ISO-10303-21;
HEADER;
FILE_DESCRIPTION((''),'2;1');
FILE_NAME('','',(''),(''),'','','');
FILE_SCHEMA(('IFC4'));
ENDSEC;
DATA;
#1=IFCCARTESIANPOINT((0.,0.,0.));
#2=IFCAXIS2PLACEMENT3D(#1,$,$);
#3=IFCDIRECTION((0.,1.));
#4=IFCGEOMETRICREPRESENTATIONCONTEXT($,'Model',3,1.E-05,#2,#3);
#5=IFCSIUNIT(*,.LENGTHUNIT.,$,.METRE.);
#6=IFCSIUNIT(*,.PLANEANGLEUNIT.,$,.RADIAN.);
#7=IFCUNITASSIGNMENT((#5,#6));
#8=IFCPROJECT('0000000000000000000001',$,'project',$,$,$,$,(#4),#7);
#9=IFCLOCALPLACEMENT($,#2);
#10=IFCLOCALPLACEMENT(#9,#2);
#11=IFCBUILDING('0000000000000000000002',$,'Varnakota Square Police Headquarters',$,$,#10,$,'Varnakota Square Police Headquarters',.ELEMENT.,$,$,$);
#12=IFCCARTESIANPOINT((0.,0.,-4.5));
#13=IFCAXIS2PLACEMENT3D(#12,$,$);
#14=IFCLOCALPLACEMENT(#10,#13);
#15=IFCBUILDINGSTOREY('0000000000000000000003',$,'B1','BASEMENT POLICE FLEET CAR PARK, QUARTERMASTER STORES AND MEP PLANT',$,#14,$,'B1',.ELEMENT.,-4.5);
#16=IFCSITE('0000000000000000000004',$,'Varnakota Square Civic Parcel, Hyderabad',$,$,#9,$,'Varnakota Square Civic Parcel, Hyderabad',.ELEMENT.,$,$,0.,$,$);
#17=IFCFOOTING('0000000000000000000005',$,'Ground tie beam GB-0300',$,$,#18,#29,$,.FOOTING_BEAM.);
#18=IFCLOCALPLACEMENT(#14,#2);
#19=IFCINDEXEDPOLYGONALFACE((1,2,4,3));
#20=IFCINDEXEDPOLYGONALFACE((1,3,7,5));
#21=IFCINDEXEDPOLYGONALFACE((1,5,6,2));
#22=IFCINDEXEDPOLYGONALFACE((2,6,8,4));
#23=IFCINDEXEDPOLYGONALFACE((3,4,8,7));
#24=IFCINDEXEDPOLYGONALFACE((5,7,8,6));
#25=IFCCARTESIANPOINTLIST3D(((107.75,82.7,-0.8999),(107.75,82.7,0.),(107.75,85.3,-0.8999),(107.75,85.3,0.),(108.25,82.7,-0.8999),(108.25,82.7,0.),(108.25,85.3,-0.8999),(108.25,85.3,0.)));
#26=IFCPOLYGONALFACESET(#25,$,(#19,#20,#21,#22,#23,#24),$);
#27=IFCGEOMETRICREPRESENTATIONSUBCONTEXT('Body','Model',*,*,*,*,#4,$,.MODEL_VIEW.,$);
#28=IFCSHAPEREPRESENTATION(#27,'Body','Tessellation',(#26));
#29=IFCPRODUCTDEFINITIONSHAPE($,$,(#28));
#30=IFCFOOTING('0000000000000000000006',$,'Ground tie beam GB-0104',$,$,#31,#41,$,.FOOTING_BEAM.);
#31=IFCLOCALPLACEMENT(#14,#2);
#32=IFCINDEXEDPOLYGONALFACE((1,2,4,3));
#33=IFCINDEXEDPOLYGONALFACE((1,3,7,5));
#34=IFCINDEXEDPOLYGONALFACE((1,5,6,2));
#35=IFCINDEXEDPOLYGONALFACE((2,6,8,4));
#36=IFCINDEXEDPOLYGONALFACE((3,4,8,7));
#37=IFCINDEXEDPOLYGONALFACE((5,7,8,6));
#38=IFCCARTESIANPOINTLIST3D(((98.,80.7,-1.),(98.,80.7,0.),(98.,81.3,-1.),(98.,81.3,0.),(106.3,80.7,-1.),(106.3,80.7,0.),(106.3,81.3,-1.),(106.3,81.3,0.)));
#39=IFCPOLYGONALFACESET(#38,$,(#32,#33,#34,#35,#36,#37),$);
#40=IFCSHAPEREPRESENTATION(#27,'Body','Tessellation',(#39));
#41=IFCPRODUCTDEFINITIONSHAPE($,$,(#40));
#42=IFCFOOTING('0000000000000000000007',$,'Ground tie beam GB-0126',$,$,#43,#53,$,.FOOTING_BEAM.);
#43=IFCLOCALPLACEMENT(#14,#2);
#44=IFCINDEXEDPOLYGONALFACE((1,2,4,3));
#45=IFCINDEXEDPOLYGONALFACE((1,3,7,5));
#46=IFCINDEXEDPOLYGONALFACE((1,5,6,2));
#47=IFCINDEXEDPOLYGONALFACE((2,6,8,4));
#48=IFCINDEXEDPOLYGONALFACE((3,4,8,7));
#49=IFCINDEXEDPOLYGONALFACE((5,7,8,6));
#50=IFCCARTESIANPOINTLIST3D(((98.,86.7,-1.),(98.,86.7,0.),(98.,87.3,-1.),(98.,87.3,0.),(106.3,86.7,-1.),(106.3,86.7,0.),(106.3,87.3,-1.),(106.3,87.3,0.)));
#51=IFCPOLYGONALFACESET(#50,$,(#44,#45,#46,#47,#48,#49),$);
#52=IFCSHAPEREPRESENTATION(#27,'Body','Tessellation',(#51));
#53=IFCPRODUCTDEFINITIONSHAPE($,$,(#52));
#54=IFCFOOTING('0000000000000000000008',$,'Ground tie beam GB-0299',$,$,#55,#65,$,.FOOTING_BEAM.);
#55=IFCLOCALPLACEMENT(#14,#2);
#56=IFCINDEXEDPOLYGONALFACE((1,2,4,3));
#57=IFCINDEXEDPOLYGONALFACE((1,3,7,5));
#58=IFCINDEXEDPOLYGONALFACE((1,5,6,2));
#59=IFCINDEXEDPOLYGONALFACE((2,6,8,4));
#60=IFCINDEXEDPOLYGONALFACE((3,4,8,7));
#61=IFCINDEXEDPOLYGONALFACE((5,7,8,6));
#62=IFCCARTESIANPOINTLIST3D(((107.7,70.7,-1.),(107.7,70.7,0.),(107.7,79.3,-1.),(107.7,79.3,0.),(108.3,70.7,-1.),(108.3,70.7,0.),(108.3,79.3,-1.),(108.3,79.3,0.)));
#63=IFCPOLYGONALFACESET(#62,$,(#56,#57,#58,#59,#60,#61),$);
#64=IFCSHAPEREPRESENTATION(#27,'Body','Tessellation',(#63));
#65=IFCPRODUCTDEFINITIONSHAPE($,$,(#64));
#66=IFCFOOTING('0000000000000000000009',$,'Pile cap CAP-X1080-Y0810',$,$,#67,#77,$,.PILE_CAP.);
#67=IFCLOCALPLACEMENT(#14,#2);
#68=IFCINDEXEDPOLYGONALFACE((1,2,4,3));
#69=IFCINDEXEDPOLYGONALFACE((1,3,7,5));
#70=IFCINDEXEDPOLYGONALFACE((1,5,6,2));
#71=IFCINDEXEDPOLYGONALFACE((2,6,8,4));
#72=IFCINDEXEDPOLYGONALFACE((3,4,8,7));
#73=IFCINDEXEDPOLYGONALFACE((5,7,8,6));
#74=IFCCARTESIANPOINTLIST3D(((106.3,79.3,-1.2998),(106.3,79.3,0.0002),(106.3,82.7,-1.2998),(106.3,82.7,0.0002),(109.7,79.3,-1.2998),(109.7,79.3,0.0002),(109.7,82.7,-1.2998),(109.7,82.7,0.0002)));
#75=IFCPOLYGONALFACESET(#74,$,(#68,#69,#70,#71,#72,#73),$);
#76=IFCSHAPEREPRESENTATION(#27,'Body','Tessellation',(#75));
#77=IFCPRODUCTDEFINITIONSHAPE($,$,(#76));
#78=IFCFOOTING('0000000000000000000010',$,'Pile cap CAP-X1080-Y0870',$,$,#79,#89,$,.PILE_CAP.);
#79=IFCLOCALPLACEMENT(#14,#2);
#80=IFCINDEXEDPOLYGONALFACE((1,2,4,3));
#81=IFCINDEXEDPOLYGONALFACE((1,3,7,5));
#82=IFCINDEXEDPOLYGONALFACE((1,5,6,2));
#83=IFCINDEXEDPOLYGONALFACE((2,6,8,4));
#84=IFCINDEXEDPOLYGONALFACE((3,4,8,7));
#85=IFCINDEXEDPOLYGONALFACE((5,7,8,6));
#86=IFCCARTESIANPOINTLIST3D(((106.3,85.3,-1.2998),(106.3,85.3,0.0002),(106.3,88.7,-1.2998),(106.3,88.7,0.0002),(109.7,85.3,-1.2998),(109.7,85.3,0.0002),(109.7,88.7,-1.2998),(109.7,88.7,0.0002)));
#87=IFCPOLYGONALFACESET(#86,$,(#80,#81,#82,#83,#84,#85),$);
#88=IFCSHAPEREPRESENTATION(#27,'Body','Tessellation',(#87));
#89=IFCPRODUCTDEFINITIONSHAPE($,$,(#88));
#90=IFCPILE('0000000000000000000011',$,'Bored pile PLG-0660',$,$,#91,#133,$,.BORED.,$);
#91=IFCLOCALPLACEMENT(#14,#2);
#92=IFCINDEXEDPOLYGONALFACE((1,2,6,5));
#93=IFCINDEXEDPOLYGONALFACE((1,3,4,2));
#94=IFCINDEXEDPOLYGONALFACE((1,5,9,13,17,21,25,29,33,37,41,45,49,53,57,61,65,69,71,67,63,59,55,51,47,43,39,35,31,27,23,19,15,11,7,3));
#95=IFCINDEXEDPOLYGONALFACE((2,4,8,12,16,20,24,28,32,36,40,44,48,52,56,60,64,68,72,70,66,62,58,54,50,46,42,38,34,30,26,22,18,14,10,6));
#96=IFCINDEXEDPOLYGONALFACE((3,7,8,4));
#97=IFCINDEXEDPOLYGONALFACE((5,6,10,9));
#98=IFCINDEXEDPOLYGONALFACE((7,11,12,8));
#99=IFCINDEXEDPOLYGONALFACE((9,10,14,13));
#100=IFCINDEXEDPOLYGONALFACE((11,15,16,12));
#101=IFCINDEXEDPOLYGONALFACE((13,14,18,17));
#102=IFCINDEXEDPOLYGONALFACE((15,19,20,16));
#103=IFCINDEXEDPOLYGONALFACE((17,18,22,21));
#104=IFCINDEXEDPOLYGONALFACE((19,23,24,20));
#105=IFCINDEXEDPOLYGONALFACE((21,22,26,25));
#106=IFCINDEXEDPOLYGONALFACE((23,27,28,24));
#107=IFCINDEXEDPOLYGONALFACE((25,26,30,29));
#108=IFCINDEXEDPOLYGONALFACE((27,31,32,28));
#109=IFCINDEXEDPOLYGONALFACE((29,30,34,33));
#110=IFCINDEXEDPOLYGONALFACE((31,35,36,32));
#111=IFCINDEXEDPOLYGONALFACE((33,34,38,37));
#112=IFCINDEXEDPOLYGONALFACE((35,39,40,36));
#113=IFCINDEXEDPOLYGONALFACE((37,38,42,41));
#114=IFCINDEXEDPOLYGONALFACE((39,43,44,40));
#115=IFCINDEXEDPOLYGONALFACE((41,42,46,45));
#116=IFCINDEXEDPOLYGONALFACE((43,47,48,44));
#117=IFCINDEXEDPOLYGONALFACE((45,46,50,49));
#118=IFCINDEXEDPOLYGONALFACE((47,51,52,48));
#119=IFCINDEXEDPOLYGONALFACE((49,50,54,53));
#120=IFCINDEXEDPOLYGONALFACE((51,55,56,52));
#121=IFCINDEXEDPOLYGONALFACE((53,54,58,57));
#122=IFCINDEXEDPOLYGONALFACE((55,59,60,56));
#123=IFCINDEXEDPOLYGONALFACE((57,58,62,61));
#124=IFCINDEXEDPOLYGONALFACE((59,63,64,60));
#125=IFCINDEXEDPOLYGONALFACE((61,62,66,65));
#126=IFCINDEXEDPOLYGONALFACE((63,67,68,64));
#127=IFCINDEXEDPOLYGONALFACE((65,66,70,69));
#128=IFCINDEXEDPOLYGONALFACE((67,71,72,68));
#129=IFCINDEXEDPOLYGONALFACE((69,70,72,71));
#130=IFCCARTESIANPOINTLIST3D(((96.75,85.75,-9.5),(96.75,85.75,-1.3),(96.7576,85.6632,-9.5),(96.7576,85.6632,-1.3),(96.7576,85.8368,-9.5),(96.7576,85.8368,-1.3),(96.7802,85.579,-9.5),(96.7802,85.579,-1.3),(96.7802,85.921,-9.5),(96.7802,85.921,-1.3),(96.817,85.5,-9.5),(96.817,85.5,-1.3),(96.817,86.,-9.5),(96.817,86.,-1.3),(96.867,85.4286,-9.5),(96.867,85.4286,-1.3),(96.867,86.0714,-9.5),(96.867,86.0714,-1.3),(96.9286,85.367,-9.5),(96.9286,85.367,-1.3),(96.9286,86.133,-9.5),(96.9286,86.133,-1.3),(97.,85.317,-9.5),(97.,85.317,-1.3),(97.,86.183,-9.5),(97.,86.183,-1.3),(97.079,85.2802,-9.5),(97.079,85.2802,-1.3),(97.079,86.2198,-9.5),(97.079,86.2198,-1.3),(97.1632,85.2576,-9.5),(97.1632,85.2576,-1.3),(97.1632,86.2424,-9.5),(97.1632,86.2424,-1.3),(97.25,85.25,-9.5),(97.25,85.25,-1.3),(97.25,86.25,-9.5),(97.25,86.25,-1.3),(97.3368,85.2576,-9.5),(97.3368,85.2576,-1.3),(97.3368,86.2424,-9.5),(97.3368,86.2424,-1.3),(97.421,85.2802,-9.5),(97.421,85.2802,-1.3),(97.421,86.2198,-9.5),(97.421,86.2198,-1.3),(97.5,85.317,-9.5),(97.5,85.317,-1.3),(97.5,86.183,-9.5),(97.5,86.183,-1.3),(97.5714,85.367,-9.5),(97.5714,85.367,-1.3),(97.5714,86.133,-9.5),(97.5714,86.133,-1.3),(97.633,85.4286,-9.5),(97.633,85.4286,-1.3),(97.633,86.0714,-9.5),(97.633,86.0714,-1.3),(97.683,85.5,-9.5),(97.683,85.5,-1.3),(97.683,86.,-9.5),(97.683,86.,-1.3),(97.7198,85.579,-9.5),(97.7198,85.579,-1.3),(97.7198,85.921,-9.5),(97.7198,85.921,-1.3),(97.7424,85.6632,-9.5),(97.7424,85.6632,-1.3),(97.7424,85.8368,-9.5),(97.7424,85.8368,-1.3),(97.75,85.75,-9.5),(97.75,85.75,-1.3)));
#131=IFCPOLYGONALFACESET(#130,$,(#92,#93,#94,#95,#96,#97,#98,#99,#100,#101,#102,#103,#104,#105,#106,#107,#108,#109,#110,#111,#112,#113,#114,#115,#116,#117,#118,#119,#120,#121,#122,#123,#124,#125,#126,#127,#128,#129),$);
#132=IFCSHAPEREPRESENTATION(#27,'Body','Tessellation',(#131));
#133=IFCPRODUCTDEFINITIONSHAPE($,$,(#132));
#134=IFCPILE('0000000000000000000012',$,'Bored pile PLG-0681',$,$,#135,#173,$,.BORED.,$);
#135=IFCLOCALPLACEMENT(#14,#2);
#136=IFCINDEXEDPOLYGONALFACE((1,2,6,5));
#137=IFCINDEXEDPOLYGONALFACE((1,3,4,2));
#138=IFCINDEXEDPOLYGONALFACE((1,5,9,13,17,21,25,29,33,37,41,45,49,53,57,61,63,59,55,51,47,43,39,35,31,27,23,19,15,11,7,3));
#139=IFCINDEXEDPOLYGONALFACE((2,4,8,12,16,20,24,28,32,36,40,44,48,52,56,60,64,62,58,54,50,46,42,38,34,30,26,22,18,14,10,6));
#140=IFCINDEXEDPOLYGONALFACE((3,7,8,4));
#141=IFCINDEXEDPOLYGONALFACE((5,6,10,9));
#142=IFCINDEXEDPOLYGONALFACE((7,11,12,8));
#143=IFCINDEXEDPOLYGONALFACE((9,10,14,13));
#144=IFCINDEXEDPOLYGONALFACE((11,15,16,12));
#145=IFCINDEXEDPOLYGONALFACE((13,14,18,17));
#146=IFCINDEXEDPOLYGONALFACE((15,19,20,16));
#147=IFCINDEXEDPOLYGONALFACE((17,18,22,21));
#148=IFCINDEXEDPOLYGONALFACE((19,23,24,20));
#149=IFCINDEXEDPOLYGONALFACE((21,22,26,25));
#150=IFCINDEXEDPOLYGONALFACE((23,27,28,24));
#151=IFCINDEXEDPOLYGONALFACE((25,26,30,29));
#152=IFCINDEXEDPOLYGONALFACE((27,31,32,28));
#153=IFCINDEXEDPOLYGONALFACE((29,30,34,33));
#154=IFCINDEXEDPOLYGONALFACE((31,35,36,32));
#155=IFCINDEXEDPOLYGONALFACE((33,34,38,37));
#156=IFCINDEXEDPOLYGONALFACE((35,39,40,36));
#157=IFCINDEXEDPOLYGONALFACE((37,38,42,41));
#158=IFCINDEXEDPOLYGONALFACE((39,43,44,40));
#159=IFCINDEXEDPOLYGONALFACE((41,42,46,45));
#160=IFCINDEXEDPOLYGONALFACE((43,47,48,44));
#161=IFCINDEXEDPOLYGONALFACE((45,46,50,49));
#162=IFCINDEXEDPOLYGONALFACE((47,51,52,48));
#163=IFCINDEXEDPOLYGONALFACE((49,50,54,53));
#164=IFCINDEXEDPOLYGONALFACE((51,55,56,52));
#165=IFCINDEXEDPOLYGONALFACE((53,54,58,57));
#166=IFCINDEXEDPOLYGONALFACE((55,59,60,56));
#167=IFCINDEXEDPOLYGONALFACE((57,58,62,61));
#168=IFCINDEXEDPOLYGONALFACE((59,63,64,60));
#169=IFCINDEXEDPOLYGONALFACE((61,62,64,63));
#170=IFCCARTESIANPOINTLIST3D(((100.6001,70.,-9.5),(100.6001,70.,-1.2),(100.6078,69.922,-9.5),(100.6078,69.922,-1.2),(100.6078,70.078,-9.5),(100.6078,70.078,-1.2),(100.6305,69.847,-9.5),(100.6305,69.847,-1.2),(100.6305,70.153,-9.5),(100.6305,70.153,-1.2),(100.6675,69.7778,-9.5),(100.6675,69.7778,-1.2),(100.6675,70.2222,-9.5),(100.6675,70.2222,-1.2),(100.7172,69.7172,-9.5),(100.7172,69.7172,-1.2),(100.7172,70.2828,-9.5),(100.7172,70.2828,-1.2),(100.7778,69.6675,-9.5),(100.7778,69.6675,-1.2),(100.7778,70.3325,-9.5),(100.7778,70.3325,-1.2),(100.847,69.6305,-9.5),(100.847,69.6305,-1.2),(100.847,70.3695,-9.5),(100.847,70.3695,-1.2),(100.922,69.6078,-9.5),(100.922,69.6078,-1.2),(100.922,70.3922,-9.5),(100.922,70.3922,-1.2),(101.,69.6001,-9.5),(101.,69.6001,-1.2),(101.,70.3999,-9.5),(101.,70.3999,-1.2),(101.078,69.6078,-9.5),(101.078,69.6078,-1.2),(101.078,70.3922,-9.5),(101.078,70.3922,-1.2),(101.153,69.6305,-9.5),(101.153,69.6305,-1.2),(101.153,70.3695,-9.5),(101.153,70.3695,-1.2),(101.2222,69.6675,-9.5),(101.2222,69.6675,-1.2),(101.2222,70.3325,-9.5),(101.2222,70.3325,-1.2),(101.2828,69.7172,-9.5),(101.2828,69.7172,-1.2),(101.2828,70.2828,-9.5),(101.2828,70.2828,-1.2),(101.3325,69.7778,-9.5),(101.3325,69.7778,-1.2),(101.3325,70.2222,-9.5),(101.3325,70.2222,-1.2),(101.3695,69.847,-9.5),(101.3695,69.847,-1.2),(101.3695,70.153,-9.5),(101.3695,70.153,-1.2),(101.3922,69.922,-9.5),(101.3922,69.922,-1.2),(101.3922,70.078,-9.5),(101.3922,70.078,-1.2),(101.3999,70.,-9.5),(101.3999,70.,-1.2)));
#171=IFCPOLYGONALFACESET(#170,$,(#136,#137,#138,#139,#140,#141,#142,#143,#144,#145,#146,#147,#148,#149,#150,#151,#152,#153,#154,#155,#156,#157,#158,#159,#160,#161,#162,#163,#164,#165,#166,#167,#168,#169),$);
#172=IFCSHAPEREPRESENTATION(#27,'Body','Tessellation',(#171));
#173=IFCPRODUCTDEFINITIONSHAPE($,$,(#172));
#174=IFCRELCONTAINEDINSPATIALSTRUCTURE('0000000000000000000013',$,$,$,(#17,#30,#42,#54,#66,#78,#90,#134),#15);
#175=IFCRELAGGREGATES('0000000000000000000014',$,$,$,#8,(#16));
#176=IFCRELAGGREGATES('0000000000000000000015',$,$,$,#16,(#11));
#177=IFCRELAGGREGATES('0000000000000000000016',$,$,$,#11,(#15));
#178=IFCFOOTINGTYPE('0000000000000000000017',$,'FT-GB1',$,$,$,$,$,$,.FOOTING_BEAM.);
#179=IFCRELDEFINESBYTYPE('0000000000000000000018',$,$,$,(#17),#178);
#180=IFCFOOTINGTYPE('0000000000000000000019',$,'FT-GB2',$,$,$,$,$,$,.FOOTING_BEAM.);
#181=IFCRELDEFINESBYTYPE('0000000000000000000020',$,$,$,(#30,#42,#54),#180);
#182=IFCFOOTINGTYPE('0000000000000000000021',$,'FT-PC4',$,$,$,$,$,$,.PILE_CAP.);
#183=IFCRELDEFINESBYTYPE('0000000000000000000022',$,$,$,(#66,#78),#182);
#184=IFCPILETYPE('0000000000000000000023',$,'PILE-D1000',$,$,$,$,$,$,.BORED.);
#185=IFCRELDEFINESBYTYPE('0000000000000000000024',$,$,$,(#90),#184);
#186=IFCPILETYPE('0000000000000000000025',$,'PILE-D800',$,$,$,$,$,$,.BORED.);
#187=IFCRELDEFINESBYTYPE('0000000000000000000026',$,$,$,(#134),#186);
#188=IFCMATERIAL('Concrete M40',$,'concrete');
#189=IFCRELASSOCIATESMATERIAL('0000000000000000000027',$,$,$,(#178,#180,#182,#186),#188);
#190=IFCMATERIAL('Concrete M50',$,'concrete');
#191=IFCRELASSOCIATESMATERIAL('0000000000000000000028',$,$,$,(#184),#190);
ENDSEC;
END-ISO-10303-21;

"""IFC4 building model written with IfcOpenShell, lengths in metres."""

from ifc_helpers import new_model, si_unit, direction, frame, origin, origin_2d, place, context, subcontext, project, spatial, rectangle, circle, extrude, material, material_profile, profile_set, type_object, element, save


model = new_model("IFC4")

# Units and contexts
model_context = context("Model", 3, precision=1e-05, world=origin(), true_north=direction((0.0, 1.0)))
body_context = subcontext(model_context, "Body", "Model", "MODEL_VIEW")
ifc_project = project(units=[si_unit("LENGTHUNIT", "METRE"), si_unit("PLANEANGLEUNIT", "RADIAN")], contexts=[model_context])

# Site, building, storey
site_placement = place(None, origin())
site = spatial("IfcSite", under=ifc_project, at=site_placement, Name="Varnakota Square Civic Parcel, Hyderabad", LongName="Varnakota Square Civic Parcel, Hyderabad", CompositionType="ELEMENT", RefElevation=0.0)
building_placement = place(site_placement, origin())
building = spatial("IfcBuilding", under=site, at=building_placement, Name="Varnakota Square Police Headquarters", LongName="Varnakota Square Police Headquarters", CompositionType="ELEMENT")
storey_placement = place(building_placement, frame((0.0, 0.0, -4.5)))
storey = spatial("IfcBuildingStorey", under=building, at=storey_placement, Name="B1", Description="BASEMENT POLICE FLEET CAR PARK, QUARTERMASTER STORES AND MEP PLANT", LongName="B1", CompositionType="ELEMENT", Elevation=-4.5)

# Footings
ifc_material_1 = material(Name="Concrete M40", Category="concrete")
ifc_material_profile_1 = material_profile(ifc_material_1, rectangle(XDim=0.5, YDim=0.8999, at=origin_2d()), Name="GB 500x900")
ifc_profile_set_1 = profile_set([ifc_material_profile_1], Name="Concrete M40")
footing_type_1 = type_object("IfcFootingType", Name="FT-GB1", PredefinedType="FOOTING_BEAM", material=ifc_profile_set_1)
footing_1_placement = place(storey_placement, frame((108.0, 82.7, -0.45), z_axis=(0.0, 1.0, 0.0), x_axis=(-1.0, 0.0, 0.0)))
element("IfcFooting", 1, at=footing_1_placement, inside=storey, type_object=footing_type_1, Name="Ground tie beam GB-0300", PredefinedType="FOOTING_BEAM", context=body_context, shape_type="SweptSolid", body=[
    extrude(rectangle(XDim=0.5, YDim=0.8999, at=origin_2d()), origin(), (0.0, 0.0, 1.0), 2.6001),
])
ifc_material_profile_2 = material_profile(ifc_material_1, rectangle(XDim=0.6001, YDim=1.0, at=origin_2d()), Name="GB 600x1000")
ifc_profile_set_2 = profile_set([ifc_material_profile_2], Name="Concrete M40")
footing_type_2 = type_object("IfcFootingType", Name="FT-GB2", PredefinedType="FOOTING_BEAM", material=ifc_profile_set_2)
for number, where, z_axis, x_axis, name in (
    (2, (98.0, 81.0, -0.5), (1.0, 0.0, 0.0), (0.0, 1.0, 0.0), "Ground tie beam GB-0104"),
    (3, (98.0, 87.0, -0.5), (1.0, 0.0, 0.0), (0.0, 1.0, 0.0), "Ground tie beam GB-0126"),
):
    element("IfcFooting", number, at=place(storey_placement, frame(where, z_axis=z_axis, x_axis=x_axis)), inside=storey, type_object=footing_type_2, Name=name, PredefinedType="FOOTING_BEAM", context=body_context, shape_type="SweptSolid", body=[
        extrude(rectangle(XDim=0.6001, YDim=1.0, at=origin_2d()), origin(), (0.0, 0.0, 1.0), 8.3),
    ])
footing_2_placement = place(storey_placement, frame((108.0, 70.7, -0.5), z_axis=(0.0, 1.0, 0.0), x_axis=(-1.0, 0.0, 0.0)))
element("IfcFooting", 4, at=footing_2_placement, inside=storey, type_object=footing_type_2, Name="Ground tie beam GB-0299", PredefinedType="FOOTING_BEAM", context=body_context, shape_type="SweptSolid", body=[
    extrude(rectangle(XDim=0.6001, YDim=1.0, at=origin_2d()), origin(), (0.0, 0.0, 1.0), 8.6001),
])
footing_type_3 = type_object("IfcFootingType", Name="FT-PC4", PredefinedType="PILE_CAP", material=ifc_material_1)
for number, where, z_axis, x_axis, name in (
    (5, (108.0, 81.0, -1.2998), (0.0, 0.0, 1.0), (1.0, 0.0, 0.0), "Pile cap CAP-X1080-Y0810"),
    (6, (108.0, 87.0, -1.2998), (0.0, 0.0, 1.0), (1.0, 0.0, 0.0), "Pile cap CAP-X1080-Y0870"),
):
    element("IfcFooting", number, at=place(storey_placement, frame(where, z_axis=z_axis, x_axis=x_axis)), inside=storey, type_object=footing_type_3, Name=name, PredefinedType="PILE_CAP", context=body_context, shape_type="SweptSolid", body=[
        extrude(rectangle(XDim=3.3999, YDim=3.3999, at=origin_2d()), origin(), (0.0, 0.0, 1.0), 1.3),
    ])

# Piles
ifc_material_2 = material(Name="Concrete M50", Category="concrete")
ifc_material_profile_3 = material_profile(ifc_material_2, circle(Radius=0.5, at=origin_2d()), Name="BORED PILE 1000")
ifc_profile_set_3 = profile_set([ifc_material_profile_3], Name="Concrete M50")
pile_type_1 = type_object("IfcPileType", Name="PILE-D1000", PredefinedType="BORED", material=ifc_profile_set_3)
pile_placement = place(storey_placement, frame((97.25, 85.75, -1.3), z_axis=(0.0, 0.0, -1.0), x_axis=(1.0, 0.0, 0.0)))
element("IfcPile", 7, at=pile_placement, inside=storey, type_object=pile_type_1, Name="Bored pile PLG-0660", PredefinedType="BORED", context=body_context, shape_type="SweptSolid", body=[
    extrude(circle(Radius=0.5, at=origin_2d()), origin(), (0.0, 0.0, 1.0), 8.2),
])
ifc_material_profile_4 = material_profile(ifc_material_1, circle(Radius=0.3999, at=origin_2d()), Name="BORED PILE 800")
ifc_profile_set_4 = profile_set([ifc_material_profile_4], Name="Concrete M40")
pile_type_2 = type_object("IfcPileType", Name="PILE-D800", PredefinedType="BORED", material=ifc_profile_set_4)
for number, where, z_axis, x_axis, name in (
    (8, (101.0, 70.0, -1.2), (0.0, 0.0, -1.0), (1.0, 0.0, 0.0), "Bored pile PLG-0681"),
):
    element("IfcPile", number, at=place(storey_placement, frame(where, z_axis=z_axis, x_axis=x_axis)), inside=storey, type_object=pile_type_2, Name=name, PredefinedType="BORED", context=body_context, shape_type="SweptSolid", body=[
        extrude(circle(Radius=0.3999, at=origin_2d()), origin(), (0.0, 0.0, 1.0), 8.3),
    ])

save(model, "model.ifc")
